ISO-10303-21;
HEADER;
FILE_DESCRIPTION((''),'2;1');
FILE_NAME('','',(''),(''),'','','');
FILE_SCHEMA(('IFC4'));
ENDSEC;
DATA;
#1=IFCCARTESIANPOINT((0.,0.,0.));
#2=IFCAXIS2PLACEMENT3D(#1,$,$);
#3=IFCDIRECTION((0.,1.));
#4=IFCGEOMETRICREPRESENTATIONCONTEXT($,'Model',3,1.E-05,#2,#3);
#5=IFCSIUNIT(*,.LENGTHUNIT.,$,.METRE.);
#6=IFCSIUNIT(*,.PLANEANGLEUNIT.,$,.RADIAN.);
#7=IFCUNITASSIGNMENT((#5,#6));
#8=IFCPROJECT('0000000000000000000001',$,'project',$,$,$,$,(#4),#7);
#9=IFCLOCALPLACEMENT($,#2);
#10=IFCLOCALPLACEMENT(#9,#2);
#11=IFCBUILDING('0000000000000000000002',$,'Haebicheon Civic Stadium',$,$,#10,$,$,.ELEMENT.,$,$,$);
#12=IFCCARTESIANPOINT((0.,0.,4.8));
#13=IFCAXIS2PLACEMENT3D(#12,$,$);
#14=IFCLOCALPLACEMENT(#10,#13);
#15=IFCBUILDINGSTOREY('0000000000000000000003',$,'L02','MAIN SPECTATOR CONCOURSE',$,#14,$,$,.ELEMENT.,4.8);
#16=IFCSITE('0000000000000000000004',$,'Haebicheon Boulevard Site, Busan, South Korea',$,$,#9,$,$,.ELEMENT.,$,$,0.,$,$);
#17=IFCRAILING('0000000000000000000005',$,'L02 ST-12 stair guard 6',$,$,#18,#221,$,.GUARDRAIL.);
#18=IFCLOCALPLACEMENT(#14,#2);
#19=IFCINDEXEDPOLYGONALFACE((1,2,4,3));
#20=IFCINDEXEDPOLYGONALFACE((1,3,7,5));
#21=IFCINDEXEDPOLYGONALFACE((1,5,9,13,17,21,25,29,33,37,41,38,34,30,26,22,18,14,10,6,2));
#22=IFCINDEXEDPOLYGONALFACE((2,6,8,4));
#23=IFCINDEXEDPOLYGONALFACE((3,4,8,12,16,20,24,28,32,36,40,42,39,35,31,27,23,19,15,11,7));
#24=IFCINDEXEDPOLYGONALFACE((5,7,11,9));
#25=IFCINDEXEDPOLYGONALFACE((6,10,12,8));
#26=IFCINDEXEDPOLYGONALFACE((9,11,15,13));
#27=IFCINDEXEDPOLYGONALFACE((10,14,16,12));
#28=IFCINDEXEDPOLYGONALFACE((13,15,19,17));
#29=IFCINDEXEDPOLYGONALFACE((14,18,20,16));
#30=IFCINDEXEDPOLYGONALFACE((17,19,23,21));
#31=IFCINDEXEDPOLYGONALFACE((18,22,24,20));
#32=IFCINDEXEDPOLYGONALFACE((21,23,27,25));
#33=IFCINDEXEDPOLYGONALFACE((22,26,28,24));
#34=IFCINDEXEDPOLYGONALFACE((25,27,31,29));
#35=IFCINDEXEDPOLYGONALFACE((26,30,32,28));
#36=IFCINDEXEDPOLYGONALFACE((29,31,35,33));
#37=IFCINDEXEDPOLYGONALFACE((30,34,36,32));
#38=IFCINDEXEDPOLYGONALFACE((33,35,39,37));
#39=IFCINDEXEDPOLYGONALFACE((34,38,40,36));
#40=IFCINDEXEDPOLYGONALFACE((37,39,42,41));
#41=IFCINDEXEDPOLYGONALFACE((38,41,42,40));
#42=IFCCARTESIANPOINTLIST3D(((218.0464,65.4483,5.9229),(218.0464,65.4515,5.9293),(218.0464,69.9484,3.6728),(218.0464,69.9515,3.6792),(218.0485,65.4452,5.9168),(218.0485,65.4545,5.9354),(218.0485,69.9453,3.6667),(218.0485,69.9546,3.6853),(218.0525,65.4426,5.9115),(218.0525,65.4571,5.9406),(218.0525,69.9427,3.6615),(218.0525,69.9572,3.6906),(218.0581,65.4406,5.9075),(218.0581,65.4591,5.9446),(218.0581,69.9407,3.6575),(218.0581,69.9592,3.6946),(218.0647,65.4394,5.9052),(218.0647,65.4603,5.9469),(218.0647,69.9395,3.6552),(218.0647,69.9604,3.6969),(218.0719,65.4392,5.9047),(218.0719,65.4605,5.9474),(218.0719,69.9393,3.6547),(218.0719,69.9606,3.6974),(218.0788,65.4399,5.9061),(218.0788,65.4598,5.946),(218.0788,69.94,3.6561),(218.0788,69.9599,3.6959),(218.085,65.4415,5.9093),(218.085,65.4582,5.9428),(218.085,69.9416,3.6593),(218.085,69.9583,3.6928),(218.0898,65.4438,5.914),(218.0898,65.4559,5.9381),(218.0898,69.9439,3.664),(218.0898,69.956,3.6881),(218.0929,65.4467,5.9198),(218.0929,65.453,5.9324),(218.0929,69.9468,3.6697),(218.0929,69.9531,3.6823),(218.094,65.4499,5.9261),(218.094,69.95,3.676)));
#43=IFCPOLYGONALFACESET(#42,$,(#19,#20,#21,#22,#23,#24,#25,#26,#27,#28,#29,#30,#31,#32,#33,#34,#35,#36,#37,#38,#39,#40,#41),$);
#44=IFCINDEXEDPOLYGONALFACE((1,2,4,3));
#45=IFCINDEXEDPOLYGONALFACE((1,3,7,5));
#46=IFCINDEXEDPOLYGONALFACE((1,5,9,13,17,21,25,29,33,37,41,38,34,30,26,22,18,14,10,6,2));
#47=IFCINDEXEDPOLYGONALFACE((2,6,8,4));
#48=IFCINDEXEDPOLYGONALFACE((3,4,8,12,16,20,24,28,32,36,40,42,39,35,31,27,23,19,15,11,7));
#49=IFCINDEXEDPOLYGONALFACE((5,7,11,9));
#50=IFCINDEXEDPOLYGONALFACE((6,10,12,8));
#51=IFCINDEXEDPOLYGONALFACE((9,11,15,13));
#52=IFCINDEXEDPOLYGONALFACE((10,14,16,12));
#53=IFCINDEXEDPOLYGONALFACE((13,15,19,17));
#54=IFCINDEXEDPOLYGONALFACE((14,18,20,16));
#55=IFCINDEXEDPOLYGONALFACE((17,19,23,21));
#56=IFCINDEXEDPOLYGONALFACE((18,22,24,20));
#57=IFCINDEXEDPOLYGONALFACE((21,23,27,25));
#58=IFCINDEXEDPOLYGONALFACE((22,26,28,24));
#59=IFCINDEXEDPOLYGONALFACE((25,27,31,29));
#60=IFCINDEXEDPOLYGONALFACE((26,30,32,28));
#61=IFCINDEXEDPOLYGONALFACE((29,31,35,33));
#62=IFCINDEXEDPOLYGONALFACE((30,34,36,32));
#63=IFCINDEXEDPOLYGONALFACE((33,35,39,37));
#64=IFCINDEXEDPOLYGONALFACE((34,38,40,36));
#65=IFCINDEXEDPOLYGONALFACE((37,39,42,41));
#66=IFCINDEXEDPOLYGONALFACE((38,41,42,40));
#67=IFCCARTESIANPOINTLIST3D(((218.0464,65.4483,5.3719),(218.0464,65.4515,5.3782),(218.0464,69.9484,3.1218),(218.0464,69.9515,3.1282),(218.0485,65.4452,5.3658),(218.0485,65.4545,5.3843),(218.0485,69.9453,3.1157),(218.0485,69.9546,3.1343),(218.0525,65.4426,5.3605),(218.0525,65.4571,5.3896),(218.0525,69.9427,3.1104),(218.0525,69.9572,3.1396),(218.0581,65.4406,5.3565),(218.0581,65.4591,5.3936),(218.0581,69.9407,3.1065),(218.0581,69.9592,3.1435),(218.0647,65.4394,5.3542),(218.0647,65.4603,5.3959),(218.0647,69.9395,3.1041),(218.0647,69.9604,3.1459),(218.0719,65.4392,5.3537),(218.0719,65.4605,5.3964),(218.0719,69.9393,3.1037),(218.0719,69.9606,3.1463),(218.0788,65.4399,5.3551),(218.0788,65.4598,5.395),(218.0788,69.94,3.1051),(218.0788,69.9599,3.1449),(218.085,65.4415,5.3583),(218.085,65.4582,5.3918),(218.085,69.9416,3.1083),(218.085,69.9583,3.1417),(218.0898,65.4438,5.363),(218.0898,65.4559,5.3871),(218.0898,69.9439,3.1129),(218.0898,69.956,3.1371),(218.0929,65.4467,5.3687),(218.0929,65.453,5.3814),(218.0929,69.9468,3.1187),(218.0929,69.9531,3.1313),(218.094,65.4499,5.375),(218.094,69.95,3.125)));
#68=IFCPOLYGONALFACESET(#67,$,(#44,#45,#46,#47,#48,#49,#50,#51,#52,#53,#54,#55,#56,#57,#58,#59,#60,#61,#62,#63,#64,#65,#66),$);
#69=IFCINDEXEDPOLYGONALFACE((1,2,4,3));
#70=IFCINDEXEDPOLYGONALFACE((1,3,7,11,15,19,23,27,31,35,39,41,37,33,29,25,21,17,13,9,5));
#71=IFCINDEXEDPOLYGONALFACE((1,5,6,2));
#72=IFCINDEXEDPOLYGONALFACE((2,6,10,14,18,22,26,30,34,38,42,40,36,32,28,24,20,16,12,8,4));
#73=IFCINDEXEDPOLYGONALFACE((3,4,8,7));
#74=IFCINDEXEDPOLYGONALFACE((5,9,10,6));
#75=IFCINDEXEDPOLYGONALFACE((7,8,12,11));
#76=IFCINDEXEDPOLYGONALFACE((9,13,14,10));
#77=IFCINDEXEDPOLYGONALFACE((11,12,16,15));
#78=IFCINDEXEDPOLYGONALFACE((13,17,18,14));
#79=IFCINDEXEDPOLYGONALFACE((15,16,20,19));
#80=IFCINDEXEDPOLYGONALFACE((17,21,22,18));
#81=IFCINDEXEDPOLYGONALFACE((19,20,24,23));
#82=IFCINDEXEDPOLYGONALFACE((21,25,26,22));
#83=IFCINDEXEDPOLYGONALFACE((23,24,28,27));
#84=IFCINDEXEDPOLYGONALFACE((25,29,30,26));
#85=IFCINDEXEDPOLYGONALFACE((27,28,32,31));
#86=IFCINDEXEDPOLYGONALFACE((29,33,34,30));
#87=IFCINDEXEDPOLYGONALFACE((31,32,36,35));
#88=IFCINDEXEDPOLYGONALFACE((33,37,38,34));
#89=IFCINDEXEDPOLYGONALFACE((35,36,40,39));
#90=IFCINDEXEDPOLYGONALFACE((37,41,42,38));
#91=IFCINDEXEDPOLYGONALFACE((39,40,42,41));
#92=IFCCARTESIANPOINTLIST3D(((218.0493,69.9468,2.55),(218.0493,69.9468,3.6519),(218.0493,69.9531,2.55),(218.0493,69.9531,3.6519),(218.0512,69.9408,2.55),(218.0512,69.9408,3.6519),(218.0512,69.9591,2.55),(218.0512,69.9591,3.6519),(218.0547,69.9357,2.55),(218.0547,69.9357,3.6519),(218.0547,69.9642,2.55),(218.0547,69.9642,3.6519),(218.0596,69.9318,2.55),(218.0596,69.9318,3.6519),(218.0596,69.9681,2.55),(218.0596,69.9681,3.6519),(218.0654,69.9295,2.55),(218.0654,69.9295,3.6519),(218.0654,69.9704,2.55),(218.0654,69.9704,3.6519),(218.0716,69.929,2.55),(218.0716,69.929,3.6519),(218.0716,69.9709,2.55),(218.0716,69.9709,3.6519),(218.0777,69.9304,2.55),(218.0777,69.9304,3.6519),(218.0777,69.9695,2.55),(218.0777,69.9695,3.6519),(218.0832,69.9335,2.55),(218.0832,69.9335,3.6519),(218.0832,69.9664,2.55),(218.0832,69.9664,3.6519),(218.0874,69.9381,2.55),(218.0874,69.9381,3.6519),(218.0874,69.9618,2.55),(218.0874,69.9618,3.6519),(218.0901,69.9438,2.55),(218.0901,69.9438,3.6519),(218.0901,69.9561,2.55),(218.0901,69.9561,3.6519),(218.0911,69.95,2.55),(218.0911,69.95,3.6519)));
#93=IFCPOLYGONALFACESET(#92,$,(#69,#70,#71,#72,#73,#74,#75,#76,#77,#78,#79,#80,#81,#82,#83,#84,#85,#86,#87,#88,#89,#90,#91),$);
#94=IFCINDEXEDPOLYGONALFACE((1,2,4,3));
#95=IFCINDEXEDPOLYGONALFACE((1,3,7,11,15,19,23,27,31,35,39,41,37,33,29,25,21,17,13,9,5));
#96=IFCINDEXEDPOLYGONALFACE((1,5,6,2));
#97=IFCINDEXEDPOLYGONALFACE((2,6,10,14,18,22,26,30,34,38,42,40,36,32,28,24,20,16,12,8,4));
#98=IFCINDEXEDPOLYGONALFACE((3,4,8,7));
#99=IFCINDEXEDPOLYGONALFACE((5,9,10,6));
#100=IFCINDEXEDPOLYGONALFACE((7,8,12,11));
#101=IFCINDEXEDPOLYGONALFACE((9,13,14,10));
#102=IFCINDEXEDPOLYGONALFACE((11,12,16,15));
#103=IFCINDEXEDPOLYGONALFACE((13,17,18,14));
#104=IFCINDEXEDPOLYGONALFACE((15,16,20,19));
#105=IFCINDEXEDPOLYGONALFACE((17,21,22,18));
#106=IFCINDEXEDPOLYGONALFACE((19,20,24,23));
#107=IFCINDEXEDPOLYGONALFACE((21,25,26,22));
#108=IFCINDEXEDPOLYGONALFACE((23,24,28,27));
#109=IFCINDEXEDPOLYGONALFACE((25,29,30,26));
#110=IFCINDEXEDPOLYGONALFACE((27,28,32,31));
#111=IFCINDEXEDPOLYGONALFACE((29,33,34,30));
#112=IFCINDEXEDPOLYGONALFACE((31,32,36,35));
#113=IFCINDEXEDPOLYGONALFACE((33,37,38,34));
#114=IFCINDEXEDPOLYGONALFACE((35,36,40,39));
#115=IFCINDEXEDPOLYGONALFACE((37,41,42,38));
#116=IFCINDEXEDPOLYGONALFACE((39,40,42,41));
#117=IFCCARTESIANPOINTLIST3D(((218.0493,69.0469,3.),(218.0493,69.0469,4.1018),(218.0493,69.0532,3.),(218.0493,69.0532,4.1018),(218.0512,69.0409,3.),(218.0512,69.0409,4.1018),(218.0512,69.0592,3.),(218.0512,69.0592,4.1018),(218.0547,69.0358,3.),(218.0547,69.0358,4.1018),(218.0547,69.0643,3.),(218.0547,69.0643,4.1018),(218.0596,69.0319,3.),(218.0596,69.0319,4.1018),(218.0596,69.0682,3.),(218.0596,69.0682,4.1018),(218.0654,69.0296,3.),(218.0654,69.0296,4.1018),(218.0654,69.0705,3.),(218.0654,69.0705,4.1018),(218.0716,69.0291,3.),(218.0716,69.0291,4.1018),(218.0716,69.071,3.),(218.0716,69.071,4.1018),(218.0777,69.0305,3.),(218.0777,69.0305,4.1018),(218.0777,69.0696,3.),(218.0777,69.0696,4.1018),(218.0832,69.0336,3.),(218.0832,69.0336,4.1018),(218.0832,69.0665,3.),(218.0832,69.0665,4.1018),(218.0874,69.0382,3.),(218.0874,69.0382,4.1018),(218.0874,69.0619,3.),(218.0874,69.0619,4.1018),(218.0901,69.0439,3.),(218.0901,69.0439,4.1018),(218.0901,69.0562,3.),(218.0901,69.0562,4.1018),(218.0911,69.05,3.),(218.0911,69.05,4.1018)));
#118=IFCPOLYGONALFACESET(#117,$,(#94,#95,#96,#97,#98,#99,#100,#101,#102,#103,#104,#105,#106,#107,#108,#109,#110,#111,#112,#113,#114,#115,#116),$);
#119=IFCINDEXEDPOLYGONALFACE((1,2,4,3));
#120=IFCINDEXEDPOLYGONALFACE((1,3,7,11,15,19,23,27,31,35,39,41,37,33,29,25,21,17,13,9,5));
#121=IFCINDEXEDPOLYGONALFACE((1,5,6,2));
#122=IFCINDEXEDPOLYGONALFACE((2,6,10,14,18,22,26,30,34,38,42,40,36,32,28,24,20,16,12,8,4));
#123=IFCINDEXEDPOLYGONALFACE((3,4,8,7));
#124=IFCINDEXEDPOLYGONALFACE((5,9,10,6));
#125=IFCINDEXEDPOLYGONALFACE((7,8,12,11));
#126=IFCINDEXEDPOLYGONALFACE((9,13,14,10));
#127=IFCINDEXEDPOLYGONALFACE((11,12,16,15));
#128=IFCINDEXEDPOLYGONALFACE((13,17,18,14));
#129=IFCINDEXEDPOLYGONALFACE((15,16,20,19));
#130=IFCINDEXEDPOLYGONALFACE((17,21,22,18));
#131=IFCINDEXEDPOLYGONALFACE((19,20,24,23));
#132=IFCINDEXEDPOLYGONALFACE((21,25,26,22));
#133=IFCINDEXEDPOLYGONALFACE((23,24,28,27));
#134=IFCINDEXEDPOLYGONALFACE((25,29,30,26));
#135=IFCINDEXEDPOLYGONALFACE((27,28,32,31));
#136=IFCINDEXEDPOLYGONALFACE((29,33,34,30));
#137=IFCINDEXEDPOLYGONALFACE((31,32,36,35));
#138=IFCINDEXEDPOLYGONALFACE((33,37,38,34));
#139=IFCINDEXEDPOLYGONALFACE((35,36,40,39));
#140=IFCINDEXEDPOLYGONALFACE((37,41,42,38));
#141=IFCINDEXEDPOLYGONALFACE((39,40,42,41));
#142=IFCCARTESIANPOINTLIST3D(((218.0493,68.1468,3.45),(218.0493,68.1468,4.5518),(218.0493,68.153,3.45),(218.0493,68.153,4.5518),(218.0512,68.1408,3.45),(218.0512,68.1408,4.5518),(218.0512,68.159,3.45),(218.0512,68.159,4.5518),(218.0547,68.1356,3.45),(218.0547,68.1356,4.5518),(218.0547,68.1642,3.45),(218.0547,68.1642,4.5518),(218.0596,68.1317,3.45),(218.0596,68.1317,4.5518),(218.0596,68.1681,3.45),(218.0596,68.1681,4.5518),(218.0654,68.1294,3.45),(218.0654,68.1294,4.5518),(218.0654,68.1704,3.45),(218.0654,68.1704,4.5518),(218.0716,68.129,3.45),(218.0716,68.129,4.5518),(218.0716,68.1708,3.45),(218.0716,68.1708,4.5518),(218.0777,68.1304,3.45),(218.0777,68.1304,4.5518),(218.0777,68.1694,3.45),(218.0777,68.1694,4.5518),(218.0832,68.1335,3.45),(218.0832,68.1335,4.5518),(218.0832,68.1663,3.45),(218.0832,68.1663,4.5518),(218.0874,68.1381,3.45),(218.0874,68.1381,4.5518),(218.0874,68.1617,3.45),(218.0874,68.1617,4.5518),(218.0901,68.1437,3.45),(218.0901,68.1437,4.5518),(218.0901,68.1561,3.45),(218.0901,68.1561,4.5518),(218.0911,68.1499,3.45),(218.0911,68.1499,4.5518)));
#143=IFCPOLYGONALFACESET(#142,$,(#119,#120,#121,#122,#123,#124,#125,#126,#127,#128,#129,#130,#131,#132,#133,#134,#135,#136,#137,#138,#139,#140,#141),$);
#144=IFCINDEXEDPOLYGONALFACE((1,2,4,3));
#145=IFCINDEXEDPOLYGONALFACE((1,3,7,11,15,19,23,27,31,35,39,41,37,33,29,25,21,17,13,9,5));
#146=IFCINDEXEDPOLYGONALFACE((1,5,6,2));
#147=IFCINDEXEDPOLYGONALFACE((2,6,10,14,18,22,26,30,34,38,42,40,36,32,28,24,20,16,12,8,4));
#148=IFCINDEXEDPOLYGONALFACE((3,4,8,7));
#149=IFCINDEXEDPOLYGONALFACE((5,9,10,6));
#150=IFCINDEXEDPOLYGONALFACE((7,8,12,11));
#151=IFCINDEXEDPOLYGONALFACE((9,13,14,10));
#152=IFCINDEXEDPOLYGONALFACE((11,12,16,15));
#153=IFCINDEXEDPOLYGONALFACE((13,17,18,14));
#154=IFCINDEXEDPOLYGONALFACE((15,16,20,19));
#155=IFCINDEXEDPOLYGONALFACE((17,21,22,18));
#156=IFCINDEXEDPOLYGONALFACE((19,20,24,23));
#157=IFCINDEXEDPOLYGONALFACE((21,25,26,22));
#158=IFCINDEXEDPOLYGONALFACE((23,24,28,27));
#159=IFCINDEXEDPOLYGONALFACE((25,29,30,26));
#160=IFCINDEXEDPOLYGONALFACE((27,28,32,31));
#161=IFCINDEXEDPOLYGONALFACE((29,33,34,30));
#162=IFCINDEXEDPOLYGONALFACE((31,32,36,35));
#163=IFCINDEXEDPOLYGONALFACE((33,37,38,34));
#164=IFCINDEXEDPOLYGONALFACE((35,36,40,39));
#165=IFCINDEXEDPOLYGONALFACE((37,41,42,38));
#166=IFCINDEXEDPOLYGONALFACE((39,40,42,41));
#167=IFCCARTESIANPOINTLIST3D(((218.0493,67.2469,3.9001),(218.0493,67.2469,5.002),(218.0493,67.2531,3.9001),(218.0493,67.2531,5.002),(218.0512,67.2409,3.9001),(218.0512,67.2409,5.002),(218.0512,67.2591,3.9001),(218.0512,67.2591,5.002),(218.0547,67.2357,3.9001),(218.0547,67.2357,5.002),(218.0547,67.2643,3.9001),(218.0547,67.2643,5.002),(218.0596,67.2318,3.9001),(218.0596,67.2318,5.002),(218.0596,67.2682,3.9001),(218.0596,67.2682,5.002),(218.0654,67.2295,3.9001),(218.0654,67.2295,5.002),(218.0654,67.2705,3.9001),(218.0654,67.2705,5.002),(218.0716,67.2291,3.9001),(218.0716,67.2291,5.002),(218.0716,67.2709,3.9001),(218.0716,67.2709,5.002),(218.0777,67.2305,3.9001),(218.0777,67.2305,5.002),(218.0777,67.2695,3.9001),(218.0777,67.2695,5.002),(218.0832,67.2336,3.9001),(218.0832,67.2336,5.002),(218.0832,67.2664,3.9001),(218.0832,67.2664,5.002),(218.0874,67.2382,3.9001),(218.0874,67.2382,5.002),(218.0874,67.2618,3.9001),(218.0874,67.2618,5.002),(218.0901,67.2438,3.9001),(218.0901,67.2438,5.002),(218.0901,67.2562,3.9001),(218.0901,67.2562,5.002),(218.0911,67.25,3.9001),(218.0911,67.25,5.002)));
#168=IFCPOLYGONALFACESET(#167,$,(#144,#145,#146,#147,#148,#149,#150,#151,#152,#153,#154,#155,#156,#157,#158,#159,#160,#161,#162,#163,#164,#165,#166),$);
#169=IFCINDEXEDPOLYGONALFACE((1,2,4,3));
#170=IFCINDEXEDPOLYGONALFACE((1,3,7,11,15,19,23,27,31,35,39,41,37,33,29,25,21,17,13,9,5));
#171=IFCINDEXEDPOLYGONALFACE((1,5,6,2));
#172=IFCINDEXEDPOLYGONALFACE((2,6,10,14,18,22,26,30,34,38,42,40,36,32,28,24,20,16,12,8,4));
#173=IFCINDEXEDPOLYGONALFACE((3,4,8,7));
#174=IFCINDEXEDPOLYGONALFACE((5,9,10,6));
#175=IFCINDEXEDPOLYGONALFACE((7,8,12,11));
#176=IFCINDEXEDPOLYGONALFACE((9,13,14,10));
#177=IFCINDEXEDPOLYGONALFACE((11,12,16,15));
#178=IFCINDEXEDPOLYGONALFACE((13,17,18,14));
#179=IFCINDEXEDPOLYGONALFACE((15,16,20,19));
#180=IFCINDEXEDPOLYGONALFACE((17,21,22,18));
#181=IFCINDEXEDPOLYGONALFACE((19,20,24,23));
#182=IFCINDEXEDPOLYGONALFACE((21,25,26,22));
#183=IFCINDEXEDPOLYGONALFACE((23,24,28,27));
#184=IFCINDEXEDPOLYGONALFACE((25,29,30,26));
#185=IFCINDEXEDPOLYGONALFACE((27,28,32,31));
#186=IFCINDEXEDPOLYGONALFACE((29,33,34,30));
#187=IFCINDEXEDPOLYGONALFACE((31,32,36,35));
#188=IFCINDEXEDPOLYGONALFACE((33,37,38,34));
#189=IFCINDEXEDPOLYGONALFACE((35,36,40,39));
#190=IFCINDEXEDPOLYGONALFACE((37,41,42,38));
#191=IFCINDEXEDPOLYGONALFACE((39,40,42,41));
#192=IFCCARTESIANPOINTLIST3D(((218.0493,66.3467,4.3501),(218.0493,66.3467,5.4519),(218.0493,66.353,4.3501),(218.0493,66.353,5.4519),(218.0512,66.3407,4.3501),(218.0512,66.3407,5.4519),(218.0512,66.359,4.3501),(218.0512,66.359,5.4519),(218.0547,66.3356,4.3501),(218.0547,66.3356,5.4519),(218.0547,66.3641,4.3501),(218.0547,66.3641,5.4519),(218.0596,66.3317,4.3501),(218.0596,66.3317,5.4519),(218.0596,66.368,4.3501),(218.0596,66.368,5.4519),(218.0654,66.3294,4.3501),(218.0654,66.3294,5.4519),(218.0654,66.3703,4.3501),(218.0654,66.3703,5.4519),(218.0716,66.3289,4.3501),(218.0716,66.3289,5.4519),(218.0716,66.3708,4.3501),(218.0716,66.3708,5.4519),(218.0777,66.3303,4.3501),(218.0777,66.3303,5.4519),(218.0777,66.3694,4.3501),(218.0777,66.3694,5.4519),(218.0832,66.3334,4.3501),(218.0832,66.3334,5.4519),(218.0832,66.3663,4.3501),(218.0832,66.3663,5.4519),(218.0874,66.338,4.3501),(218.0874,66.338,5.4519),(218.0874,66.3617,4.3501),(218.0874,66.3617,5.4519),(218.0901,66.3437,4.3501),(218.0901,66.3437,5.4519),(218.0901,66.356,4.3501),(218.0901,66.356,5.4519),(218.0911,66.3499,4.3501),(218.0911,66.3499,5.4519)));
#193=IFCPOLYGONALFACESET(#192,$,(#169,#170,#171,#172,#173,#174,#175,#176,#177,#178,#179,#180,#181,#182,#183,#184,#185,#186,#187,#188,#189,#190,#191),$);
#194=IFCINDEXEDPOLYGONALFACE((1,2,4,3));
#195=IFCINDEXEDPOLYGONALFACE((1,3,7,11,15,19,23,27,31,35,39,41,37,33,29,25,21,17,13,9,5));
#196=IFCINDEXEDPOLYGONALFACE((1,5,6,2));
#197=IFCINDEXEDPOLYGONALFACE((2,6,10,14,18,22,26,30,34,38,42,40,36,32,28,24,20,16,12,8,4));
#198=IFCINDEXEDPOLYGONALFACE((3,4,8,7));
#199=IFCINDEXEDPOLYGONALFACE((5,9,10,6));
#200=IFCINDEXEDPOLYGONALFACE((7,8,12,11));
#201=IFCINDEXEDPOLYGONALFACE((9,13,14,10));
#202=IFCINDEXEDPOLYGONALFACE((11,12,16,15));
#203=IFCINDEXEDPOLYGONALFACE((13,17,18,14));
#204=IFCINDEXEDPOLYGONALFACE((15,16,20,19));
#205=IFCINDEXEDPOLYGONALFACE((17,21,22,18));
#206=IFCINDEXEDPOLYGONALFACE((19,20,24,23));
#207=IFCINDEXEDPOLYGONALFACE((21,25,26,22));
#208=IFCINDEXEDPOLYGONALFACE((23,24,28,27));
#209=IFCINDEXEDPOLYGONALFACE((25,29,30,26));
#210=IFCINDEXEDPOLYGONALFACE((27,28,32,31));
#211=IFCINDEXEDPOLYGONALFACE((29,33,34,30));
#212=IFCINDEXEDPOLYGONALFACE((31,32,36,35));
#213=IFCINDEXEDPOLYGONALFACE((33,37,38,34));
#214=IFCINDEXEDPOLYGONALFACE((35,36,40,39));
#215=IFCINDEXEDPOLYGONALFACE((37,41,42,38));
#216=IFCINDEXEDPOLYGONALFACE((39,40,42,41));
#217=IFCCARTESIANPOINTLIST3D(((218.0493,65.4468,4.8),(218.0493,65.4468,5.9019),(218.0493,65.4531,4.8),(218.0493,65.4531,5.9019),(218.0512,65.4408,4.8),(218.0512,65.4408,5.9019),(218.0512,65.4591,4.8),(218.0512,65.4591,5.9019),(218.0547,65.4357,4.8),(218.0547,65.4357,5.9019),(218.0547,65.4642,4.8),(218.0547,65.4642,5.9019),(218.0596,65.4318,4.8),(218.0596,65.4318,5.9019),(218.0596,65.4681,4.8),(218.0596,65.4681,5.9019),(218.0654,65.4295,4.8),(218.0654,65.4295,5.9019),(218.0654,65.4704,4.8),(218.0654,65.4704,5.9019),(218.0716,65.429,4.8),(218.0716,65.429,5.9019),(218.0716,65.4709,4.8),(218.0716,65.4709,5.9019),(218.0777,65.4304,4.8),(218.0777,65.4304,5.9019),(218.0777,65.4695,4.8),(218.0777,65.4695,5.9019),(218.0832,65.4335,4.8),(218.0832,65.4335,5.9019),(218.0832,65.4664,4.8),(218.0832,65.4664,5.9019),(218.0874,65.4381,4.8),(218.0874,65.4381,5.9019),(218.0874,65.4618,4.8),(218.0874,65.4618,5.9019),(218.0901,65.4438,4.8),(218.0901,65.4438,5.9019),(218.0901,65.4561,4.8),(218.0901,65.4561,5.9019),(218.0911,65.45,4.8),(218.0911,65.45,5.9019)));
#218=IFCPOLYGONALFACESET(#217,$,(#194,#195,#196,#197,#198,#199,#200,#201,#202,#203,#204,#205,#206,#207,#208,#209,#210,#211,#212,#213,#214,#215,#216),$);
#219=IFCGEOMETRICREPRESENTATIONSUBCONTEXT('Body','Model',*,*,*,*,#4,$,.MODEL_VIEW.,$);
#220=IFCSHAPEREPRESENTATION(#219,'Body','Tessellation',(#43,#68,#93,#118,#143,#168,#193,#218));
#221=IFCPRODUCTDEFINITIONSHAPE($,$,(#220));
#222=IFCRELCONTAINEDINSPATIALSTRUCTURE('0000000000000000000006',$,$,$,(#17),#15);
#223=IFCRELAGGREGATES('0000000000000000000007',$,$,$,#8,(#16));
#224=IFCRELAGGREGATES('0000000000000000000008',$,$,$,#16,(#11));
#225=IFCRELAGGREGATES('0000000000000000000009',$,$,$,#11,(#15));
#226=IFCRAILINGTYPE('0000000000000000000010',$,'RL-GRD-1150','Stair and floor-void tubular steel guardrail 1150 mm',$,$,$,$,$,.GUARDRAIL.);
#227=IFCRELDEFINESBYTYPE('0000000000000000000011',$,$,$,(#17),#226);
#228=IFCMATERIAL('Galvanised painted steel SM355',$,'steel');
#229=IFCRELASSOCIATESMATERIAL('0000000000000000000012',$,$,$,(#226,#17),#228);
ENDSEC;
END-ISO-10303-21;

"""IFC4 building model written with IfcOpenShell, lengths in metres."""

from ifc_helpers import new_model, si_unit, direction, frame, origin, origin_2d, place, context, subcontext, project, spatial, circle, extrude, material, type_object, element, save


model = new_model("IFC4")

# Units and contexts
model_context = context("Model", 3, precision=1e-05, world=origin(), true_north=direction((0.0, 1.0)))
body_context = subcontext(model_context, "Body", "Model", "MODEL_VIEW")
ifc_project = project(units=[si_unit("LENGTHUNIT", "METRE"), si_unit("PLANEANGLEUNIT", "RADIAN")], contexts=[model_context])

# Site, building, storey
site_placement = place(None, origin())
site = spatial("IfcSite", under=ifc_project, at=site_placement, Name="Haebicheon Boulevard Site, Busan, South Korea", CompositionType="ELEMENT", RefElevation=0.0)
building_placement = place(site_placement, origin())
building = spatial("IfcBuilding", under=site, at=building_placement, Name="Haebicheon Civic Stadium", CompositionType="ELEMENT")
storey_placement = place(building_placement, frame((0.0, 0.0, 4.8)))
storey = spatial("IfcBuildingStorey", under=building, at=storey_placement, Name="L02", Description="MAIN SPECTATOR CONCOURSE", CompositionType="ELEMENT", Elevation=4.8)

# Railing
ifc_material_1 = material(Name="Galvanised painted steel SM355", Category="steel")
railing_type_1 = type_object("IfcRailingType", Name="RL-GRD-1150", Description="Stair and floor-void tubular steel guardrail 1150 mm", PredefinedType="GUARDRAIL", material=ifc_material_1)
railing_1_placement = place(storey_placement, frame((218.0701, 69.95, 2.55)))
element("IfcRailing", 1, at=railing_1_placement, inside=storey, type_object=railing_type_1, material=ifc_material_1, Name="L02 ST-12 stair guard 6", PredefinedType="GUARDRAIL", context=body_context, shape_type="SweptSolid", body=[
    extrude(circle(Radius=0.0239, at=origin_2d()), frame((0.0, 0.0, 1.126), z_axis=(0.0, -0.894427, 0.447214), x_axis=(1.0, 0.0, 0.0)), (0.0, 0.0, 1.0), 5.0312),
    extrude(circle(Radius=0.0239, at=origin_2d()), frame((0.0, 0.0, 0.575), z_axis=(0.0, -0.894427, 0.447214), x_axis=(1.0, 0.0, 0.0)), (0.0, 0.0, 1.0), 5.0312),
    extrude(circle(Radius=0.021, at=origin_2d()), origin(), (0.0, 0.0, 1.0), 1.1018),
    extrude(circle(Radius=0.021, at=origin_2d()), frame((0.0, -0.8999, 0.45)), (0.0, 0.0, 1.0), 1.1018),
    extrude(circle(Radius=0.021, at=origin_2d()), frame((0.0, -1.8, 0.8999)), (0.0, 0.0, 1.0), 1.1018),
    extrude(circle(Radius=0.021, at=origin_2d()), frame((0.0, -2.7, 1.3501)), (0.0, 0.0, 1.0), 1.1018),
    extrude(circle(Radius=0.021, at=origin_2d()), frame((0.0, -3.6001, 1.8)), (0.0, 0.0, 1.0), 1.1018),
    extrude(circle(Radius=0.021, at=origin_2d()), frame((0.0, -4.5, 2.25)), (0.0, 0.0, 1.0), 1.1018),
])

save(model, "model.ifc")
